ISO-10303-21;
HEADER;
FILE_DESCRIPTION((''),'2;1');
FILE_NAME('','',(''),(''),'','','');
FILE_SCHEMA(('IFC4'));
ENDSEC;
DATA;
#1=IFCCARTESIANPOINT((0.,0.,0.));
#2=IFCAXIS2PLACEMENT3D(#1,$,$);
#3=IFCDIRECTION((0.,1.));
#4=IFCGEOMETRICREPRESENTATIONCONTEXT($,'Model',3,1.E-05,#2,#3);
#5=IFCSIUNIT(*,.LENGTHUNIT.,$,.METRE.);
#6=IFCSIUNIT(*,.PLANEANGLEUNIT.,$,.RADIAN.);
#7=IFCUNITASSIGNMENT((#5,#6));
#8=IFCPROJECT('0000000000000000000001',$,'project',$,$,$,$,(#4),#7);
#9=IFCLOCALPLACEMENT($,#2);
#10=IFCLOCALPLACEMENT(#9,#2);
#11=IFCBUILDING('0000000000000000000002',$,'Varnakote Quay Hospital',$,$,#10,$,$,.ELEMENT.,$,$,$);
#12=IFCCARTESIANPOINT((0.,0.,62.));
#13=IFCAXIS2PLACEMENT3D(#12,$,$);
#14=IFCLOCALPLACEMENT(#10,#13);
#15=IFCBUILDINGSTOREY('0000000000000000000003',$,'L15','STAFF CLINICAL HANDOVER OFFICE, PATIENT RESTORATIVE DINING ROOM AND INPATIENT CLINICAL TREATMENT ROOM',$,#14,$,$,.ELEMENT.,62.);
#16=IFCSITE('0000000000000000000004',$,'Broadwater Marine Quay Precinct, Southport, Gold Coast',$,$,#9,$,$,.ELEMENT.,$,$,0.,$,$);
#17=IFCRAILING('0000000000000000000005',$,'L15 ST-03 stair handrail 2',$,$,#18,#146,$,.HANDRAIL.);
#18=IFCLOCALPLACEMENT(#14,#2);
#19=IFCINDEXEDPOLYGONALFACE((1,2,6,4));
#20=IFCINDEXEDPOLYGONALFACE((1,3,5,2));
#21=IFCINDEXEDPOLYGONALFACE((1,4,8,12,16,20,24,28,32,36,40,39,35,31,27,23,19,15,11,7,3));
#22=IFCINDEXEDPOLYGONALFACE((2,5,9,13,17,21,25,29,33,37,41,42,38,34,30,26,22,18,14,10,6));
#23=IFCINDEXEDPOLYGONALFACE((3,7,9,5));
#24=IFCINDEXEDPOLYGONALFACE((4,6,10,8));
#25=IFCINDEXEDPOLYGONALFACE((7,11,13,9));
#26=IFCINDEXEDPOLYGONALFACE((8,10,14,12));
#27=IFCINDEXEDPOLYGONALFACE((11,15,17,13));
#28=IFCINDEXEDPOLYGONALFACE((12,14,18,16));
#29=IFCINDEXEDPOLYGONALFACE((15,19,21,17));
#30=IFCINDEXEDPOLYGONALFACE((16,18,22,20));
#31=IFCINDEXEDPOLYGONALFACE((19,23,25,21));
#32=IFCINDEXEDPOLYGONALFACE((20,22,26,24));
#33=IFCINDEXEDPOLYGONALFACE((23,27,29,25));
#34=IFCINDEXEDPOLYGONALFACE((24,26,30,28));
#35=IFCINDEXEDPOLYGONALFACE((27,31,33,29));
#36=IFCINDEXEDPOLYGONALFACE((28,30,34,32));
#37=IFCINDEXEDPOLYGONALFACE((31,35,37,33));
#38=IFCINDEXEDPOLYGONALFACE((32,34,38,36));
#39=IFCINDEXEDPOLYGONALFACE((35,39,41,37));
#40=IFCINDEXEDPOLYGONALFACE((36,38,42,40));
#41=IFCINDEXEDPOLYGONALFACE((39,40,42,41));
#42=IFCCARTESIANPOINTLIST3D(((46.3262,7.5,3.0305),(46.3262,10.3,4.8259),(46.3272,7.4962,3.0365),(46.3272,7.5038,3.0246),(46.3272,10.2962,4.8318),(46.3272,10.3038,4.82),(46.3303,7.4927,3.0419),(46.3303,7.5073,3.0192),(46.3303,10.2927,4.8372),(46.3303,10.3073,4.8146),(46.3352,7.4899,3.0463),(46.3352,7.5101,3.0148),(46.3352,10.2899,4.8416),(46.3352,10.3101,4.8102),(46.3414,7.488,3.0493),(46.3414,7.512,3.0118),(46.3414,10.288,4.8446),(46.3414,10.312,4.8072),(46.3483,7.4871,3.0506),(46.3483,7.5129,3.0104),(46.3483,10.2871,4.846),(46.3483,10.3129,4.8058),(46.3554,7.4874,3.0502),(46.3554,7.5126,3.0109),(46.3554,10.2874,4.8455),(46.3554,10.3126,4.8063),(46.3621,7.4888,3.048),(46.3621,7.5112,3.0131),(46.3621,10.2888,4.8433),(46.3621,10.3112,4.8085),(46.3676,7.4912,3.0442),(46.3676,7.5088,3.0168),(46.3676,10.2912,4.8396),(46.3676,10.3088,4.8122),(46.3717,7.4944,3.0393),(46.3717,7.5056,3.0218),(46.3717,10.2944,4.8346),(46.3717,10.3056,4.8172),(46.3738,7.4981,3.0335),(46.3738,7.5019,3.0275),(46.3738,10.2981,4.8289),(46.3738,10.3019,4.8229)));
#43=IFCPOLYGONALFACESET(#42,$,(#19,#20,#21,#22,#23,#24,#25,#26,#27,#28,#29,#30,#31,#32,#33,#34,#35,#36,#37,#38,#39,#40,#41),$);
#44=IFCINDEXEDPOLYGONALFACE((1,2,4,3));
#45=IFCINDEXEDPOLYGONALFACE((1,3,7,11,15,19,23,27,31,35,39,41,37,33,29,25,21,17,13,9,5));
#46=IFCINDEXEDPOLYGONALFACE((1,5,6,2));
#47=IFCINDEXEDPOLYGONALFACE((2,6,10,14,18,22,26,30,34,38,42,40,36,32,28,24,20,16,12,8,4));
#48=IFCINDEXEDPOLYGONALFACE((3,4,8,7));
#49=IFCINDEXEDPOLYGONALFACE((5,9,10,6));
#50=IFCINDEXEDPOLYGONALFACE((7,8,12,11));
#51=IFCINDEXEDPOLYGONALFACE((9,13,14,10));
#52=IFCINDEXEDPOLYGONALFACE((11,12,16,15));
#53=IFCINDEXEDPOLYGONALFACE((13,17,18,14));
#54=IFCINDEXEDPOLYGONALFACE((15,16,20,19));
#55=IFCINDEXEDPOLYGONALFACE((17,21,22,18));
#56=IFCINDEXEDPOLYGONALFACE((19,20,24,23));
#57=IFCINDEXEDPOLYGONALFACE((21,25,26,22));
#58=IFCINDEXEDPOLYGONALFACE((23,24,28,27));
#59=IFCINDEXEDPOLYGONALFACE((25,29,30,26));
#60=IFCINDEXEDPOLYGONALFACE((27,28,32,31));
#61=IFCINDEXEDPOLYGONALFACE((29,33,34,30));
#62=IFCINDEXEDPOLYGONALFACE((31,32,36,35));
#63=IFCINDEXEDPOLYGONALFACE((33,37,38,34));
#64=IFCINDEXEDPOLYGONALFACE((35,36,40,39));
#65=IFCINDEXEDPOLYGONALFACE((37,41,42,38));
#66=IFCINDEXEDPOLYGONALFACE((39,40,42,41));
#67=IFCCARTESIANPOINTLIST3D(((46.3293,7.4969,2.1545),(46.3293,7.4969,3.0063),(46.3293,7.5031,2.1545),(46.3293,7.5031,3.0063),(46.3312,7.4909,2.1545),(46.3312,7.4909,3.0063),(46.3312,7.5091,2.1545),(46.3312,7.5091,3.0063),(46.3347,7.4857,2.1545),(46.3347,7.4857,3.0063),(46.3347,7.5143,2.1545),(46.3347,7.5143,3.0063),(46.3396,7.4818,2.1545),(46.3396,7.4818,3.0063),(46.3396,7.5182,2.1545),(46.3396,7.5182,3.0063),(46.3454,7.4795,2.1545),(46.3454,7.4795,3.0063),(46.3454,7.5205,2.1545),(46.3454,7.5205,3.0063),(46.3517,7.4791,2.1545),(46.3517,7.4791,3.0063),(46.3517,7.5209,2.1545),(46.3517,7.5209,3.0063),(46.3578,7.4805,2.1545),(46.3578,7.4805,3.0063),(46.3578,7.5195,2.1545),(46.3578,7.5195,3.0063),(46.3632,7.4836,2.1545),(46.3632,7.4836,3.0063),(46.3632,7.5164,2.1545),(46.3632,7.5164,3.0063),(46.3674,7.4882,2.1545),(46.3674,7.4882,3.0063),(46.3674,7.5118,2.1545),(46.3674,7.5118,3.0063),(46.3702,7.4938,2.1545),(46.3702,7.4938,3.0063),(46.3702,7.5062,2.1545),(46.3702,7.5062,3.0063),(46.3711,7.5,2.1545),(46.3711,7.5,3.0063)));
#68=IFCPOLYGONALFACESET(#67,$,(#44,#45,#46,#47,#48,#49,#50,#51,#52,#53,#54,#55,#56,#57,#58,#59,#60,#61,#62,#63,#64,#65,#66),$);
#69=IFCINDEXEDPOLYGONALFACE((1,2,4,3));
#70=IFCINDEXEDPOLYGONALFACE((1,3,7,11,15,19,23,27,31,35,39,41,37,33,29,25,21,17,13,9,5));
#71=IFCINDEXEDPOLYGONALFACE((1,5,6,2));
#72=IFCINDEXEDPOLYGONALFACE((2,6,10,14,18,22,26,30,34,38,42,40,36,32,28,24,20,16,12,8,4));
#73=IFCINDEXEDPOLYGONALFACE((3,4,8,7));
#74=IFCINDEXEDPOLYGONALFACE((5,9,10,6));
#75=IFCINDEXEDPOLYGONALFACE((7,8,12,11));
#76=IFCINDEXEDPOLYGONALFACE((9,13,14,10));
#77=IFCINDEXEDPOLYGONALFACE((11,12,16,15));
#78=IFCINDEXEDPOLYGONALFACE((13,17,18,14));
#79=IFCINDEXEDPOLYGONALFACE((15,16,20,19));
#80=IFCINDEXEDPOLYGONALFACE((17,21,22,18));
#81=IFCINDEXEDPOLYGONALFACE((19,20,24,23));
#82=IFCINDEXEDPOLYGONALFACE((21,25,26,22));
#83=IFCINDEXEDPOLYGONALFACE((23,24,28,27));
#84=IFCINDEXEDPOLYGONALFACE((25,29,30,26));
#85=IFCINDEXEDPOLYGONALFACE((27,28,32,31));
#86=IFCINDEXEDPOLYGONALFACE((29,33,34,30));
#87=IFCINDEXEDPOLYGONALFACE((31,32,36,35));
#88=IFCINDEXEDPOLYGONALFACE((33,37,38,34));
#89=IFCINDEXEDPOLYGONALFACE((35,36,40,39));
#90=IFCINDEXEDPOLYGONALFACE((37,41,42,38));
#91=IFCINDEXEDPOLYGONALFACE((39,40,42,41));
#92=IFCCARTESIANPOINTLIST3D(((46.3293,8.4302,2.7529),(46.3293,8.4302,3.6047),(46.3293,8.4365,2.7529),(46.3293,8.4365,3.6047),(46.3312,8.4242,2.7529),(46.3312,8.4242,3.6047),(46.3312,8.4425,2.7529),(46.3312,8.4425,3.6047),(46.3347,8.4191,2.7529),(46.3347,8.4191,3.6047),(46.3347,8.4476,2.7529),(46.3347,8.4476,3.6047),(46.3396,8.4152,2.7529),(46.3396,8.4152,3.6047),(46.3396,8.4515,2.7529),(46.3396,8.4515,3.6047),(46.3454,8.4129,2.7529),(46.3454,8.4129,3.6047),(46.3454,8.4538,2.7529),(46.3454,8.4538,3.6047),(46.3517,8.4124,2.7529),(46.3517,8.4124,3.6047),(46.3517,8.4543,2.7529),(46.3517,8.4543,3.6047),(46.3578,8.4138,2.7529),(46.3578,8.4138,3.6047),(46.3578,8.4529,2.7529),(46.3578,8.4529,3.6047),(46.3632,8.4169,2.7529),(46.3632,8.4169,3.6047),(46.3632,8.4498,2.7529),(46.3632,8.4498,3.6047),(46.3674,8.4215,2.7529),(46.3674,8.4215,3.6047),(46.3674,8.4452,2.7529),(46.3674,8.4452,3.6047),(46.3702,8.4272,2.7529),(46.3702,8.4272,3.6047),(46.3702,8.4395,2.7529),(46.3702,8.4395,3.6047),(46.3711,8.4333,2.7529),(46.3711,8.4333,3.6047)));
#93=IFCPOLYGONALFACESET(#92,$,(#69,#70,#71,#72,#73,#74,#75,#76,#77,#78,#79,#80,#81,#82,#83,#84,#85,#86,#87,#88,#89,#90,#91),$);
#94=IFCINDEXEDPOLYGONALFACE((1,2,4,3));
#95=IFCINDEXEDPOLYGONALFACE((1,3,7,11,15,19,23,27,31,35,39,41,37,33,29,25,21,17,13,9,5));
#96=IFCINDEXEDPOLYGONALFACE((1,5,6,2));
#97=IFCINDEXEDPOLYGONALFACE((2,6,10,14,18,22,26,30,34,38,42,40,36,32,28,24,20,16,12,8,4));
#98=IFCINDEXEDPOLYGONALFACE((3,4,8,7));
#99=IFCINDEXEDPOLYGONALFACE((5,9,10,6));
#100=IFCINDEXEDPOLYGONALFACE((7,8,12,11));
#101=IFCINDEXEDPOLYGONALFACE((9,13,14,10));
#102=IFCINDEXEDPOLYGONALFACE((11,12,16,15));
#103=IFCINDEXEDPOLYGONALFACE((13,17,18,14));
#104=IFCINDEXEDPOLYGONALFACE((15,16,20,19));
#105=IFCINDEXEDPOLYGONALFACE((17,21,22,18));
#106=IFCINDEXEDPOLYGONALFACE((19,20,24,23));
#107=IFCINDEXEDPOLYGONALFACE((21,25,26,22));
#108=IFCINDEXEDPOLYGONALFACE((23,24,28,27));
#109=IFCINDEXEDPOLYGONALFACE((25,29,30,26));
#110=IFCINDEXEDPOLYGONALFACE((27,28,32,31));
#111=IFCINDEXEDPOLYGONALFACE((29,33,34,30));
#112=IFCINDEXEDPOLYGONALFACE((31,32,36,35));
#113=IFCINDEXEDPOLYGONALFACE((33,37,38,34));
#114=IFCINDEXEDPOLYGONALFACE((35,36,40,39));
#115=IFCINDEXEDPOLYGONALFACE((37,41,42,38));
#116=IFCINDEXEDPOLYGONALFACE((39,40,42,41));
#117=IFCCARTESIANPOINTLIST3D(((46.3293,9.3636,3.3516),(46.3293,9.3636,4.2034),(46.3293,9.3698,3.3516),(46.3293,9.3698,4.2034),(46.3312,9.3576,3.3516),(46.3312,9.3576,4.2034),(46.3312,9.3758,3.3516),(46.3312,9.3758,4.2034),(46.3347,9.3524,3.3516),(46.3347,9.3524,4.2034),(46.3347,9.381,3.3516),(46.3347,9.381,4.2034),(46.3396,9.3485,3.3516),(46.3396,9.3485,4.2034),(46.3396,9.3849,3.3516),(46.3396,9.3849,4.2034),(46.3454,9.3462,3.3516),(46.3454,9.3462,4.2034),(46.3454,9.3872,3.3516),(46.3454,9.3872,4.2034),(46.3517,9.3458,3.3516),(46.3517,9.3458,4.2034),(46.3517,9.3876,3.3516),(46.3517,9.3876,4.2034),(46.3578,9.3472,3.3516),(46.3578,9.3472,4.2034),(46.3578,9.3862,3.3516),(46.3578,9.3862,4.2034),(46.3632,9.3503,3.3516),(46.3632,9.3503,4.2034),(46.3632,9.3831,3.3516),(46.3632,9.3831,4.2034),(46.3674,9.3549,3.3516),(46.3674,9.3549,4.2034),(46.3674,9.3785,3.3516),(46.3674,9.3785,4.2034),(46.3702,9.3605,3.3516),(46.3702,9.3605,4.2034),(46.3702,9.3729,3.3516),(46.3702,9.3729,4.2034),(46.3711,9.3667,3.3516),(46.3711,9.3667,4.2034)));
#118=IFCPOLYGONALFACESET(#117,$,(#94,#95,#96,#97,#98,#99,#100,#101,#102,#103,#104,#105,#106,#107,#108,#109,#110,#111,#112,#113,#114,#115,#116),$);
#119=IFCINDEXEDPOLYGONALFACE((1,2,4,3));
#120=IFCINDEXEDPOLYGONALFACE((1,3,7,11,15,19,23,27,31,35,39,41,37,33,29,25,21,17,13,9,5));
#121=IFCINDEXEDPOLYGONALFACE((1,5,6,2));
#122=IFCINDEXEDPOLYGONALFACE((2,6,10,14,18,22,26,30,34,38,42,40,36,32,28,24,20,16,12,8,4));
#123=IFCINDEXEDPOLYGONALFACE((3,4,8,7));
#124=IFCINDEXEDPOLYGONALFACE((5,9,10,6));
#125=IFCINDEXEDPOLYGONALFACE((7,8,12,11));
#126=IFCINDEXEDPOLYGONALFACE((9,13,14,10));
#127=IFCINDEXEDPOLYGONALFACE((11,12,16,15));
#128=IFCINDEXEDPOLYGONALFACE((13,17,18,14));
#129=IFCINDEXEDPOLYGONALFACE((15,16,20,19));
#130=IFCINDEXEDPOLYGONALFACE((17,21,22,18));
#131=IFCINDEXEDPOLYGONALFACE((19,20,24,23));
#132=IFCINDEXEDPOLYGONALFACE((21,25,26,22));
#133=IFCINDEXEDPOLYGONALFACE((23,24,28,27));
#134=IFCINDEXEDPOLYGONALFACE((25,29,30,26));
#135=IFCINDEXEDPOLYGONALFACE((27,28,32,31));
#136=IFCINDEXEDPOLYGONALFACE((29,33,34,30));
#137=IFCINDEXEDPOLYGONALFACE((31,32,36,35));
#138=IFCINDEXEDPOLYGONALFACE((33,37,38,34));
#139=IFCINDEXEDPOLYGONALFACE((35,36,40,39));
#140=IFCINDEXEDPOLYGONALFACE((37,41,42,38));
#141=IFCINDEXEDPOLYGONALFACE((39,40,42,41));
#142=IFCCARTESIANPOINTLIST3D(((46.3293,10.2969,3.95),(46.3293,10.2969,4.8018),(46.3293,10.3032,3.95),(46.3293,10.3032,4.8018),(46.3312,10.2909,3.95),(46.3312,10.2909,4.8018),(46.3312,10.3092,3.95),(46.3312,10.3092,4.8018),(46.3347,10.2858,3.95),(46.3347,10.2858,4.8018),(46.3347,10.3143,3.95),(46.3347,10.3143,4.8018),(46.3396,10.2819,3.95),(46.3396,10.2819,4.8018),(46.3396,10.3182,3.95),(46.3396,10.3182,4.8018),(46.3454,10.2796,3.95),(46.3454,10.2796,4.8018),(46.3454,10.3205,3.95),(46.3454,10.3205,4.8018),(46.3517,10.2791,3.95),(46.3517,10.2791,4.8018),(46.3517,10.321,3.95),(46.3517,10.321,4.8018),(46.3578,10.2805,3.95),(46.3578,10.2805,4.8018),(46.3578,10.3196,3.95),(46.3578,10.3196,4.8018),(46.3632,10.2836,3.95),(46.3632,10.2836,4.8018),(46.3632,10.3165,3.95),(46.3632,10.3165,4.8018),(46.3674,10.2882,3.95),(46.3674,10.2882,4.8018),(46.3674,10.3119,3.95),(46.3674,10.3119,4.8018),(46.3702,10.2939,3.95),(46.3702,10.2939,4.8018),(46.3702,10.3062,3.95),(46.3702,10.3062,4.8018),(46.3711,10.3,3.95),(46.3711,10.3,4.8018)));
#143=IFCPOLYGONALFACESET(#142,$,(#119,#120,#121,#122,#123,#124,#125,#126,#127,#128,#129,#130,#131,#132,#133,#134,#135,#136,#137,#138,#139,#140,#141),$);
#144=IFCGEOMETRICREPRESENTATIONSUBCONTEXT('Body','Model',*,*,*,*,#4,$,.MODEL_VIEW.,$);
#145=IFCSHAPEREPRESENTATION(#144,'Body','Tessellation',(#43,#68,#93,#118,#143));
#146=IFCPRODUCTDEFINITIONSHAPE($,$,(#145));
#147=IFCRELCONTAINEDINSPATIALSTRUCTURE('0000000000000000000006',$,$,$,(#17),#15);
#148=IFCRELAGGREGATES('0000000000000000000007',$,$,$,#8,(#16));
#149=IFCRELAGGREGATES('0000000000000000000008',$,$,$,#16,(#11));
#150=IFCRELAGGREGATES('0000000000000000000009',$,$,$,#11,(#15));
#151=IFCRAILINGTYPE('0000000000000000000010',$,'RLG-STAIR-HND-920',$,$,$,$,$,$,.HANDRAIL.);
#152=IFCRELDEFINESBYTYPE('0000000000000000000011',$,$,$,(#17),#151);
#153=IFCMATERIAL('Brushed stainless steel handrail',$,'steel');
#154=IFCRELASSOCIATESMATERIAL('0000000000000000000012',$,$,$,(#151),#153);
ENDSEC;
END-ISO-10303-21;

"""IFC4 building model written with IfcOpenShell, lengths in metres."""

from ifc_helpers import new_model, si_unit, direction, frame, origin, origin_2d, place, context, subcontext, project, spatial, circle, extrude, material, type_object, element, save


model = new_model("IFC4")

# Units and contexts
model_context = context("Model", 3, precision=1e-05, world=origin(), true_north=direction((0.0, 1.0)))
body_context = subcontext(model_context, "Body", "Model", "MODEL_VIEW")
ifc_project = project(units=[si_unit("LENGTHUNIT", "METRE"), si_unit("PLANEANGLEUNIT", "RADIAN")], contexts=[model_context])

# Site, building, storey
site_placement = place(None, origin())
site = spatial("IfcSite", under=ifc_project, at=site_placement, Name="Broadwater Marine Quay Precinct, Southport, Gold Coast", CompositionType="ELEMENT", RefElevation=0.0)
building_placement = place(site_placement, origin())
building = spatial("IfcBuilding", under=site, at=building_placement, Name="Varnakote Quay Hospital", CompositionType="ELEMENT")
storey_placement = place(building_placement, frame((0.0, 0.0, 62.0)))
storey = spatial("IfcBuildingStorey", under=building, at=storey_placement, Name="L15", Description="STAFF CLINICAL HANDOVER OFFICE, PATIENT RESTORATIVE DINING ROOM AND INPATIENT CLINICAL TREATMENT ROOM", CompositionType="ELEMENT", Elevation=62.0)

# Railing
ifc_material_1 = material(Name="Brushed stainless steel handrail", Category="steel")
railing_type_1 = type_object("IfcRailingType", Name="RLG-STAIR-HND-920", PredefinedType="HANDRAIL", material=ifc_material_1)
railing_1_placement = place(storey_placement, frame((46.3501, 7.5, 2.1545)))
element("IfcRailing", 1, at=railing_1_placement, inside=storey, type_object=railing_type_1, Name="L15 ST-03 stair handrail 2", PredefinedType="HANDRAIL", context=body_context, shape_type="SweptSolid", body=[
    extrude(circle(Radius=0.0239, at=origin_2d()), frame((0.0, 0.0, 0.876), z_axis=(0.0, 0.84181, 0.539774), x_axis=(-1.0, 0.0, 0.0)), (0.0, 0.0, 1.0), 3.3262),
    extrude(circle(Radius=0.021, at=origin_2d()), origin(), (0.0, 0.0, 1.0), 0.8518),
    extrude(circle(Radius=0.021, at=origin_2d()), frame((0.0, 0.9333, 0.5984)), (0.0, 0.0, 1.0), 0.8518),
    extrude(circle(Radius=0.021, at=origin_2d()), frame((0.0, 1.8667, 1.197)), (0.0, 0.0, 1.0), 0.8518),
    extrude(circle(Radius=0.021, at=origin_2d()), frame((0.0, 2.8, 1.7954)), (0.0, 0.0, 1.0), 0.8518),
])

save(model, "model.ifc")
